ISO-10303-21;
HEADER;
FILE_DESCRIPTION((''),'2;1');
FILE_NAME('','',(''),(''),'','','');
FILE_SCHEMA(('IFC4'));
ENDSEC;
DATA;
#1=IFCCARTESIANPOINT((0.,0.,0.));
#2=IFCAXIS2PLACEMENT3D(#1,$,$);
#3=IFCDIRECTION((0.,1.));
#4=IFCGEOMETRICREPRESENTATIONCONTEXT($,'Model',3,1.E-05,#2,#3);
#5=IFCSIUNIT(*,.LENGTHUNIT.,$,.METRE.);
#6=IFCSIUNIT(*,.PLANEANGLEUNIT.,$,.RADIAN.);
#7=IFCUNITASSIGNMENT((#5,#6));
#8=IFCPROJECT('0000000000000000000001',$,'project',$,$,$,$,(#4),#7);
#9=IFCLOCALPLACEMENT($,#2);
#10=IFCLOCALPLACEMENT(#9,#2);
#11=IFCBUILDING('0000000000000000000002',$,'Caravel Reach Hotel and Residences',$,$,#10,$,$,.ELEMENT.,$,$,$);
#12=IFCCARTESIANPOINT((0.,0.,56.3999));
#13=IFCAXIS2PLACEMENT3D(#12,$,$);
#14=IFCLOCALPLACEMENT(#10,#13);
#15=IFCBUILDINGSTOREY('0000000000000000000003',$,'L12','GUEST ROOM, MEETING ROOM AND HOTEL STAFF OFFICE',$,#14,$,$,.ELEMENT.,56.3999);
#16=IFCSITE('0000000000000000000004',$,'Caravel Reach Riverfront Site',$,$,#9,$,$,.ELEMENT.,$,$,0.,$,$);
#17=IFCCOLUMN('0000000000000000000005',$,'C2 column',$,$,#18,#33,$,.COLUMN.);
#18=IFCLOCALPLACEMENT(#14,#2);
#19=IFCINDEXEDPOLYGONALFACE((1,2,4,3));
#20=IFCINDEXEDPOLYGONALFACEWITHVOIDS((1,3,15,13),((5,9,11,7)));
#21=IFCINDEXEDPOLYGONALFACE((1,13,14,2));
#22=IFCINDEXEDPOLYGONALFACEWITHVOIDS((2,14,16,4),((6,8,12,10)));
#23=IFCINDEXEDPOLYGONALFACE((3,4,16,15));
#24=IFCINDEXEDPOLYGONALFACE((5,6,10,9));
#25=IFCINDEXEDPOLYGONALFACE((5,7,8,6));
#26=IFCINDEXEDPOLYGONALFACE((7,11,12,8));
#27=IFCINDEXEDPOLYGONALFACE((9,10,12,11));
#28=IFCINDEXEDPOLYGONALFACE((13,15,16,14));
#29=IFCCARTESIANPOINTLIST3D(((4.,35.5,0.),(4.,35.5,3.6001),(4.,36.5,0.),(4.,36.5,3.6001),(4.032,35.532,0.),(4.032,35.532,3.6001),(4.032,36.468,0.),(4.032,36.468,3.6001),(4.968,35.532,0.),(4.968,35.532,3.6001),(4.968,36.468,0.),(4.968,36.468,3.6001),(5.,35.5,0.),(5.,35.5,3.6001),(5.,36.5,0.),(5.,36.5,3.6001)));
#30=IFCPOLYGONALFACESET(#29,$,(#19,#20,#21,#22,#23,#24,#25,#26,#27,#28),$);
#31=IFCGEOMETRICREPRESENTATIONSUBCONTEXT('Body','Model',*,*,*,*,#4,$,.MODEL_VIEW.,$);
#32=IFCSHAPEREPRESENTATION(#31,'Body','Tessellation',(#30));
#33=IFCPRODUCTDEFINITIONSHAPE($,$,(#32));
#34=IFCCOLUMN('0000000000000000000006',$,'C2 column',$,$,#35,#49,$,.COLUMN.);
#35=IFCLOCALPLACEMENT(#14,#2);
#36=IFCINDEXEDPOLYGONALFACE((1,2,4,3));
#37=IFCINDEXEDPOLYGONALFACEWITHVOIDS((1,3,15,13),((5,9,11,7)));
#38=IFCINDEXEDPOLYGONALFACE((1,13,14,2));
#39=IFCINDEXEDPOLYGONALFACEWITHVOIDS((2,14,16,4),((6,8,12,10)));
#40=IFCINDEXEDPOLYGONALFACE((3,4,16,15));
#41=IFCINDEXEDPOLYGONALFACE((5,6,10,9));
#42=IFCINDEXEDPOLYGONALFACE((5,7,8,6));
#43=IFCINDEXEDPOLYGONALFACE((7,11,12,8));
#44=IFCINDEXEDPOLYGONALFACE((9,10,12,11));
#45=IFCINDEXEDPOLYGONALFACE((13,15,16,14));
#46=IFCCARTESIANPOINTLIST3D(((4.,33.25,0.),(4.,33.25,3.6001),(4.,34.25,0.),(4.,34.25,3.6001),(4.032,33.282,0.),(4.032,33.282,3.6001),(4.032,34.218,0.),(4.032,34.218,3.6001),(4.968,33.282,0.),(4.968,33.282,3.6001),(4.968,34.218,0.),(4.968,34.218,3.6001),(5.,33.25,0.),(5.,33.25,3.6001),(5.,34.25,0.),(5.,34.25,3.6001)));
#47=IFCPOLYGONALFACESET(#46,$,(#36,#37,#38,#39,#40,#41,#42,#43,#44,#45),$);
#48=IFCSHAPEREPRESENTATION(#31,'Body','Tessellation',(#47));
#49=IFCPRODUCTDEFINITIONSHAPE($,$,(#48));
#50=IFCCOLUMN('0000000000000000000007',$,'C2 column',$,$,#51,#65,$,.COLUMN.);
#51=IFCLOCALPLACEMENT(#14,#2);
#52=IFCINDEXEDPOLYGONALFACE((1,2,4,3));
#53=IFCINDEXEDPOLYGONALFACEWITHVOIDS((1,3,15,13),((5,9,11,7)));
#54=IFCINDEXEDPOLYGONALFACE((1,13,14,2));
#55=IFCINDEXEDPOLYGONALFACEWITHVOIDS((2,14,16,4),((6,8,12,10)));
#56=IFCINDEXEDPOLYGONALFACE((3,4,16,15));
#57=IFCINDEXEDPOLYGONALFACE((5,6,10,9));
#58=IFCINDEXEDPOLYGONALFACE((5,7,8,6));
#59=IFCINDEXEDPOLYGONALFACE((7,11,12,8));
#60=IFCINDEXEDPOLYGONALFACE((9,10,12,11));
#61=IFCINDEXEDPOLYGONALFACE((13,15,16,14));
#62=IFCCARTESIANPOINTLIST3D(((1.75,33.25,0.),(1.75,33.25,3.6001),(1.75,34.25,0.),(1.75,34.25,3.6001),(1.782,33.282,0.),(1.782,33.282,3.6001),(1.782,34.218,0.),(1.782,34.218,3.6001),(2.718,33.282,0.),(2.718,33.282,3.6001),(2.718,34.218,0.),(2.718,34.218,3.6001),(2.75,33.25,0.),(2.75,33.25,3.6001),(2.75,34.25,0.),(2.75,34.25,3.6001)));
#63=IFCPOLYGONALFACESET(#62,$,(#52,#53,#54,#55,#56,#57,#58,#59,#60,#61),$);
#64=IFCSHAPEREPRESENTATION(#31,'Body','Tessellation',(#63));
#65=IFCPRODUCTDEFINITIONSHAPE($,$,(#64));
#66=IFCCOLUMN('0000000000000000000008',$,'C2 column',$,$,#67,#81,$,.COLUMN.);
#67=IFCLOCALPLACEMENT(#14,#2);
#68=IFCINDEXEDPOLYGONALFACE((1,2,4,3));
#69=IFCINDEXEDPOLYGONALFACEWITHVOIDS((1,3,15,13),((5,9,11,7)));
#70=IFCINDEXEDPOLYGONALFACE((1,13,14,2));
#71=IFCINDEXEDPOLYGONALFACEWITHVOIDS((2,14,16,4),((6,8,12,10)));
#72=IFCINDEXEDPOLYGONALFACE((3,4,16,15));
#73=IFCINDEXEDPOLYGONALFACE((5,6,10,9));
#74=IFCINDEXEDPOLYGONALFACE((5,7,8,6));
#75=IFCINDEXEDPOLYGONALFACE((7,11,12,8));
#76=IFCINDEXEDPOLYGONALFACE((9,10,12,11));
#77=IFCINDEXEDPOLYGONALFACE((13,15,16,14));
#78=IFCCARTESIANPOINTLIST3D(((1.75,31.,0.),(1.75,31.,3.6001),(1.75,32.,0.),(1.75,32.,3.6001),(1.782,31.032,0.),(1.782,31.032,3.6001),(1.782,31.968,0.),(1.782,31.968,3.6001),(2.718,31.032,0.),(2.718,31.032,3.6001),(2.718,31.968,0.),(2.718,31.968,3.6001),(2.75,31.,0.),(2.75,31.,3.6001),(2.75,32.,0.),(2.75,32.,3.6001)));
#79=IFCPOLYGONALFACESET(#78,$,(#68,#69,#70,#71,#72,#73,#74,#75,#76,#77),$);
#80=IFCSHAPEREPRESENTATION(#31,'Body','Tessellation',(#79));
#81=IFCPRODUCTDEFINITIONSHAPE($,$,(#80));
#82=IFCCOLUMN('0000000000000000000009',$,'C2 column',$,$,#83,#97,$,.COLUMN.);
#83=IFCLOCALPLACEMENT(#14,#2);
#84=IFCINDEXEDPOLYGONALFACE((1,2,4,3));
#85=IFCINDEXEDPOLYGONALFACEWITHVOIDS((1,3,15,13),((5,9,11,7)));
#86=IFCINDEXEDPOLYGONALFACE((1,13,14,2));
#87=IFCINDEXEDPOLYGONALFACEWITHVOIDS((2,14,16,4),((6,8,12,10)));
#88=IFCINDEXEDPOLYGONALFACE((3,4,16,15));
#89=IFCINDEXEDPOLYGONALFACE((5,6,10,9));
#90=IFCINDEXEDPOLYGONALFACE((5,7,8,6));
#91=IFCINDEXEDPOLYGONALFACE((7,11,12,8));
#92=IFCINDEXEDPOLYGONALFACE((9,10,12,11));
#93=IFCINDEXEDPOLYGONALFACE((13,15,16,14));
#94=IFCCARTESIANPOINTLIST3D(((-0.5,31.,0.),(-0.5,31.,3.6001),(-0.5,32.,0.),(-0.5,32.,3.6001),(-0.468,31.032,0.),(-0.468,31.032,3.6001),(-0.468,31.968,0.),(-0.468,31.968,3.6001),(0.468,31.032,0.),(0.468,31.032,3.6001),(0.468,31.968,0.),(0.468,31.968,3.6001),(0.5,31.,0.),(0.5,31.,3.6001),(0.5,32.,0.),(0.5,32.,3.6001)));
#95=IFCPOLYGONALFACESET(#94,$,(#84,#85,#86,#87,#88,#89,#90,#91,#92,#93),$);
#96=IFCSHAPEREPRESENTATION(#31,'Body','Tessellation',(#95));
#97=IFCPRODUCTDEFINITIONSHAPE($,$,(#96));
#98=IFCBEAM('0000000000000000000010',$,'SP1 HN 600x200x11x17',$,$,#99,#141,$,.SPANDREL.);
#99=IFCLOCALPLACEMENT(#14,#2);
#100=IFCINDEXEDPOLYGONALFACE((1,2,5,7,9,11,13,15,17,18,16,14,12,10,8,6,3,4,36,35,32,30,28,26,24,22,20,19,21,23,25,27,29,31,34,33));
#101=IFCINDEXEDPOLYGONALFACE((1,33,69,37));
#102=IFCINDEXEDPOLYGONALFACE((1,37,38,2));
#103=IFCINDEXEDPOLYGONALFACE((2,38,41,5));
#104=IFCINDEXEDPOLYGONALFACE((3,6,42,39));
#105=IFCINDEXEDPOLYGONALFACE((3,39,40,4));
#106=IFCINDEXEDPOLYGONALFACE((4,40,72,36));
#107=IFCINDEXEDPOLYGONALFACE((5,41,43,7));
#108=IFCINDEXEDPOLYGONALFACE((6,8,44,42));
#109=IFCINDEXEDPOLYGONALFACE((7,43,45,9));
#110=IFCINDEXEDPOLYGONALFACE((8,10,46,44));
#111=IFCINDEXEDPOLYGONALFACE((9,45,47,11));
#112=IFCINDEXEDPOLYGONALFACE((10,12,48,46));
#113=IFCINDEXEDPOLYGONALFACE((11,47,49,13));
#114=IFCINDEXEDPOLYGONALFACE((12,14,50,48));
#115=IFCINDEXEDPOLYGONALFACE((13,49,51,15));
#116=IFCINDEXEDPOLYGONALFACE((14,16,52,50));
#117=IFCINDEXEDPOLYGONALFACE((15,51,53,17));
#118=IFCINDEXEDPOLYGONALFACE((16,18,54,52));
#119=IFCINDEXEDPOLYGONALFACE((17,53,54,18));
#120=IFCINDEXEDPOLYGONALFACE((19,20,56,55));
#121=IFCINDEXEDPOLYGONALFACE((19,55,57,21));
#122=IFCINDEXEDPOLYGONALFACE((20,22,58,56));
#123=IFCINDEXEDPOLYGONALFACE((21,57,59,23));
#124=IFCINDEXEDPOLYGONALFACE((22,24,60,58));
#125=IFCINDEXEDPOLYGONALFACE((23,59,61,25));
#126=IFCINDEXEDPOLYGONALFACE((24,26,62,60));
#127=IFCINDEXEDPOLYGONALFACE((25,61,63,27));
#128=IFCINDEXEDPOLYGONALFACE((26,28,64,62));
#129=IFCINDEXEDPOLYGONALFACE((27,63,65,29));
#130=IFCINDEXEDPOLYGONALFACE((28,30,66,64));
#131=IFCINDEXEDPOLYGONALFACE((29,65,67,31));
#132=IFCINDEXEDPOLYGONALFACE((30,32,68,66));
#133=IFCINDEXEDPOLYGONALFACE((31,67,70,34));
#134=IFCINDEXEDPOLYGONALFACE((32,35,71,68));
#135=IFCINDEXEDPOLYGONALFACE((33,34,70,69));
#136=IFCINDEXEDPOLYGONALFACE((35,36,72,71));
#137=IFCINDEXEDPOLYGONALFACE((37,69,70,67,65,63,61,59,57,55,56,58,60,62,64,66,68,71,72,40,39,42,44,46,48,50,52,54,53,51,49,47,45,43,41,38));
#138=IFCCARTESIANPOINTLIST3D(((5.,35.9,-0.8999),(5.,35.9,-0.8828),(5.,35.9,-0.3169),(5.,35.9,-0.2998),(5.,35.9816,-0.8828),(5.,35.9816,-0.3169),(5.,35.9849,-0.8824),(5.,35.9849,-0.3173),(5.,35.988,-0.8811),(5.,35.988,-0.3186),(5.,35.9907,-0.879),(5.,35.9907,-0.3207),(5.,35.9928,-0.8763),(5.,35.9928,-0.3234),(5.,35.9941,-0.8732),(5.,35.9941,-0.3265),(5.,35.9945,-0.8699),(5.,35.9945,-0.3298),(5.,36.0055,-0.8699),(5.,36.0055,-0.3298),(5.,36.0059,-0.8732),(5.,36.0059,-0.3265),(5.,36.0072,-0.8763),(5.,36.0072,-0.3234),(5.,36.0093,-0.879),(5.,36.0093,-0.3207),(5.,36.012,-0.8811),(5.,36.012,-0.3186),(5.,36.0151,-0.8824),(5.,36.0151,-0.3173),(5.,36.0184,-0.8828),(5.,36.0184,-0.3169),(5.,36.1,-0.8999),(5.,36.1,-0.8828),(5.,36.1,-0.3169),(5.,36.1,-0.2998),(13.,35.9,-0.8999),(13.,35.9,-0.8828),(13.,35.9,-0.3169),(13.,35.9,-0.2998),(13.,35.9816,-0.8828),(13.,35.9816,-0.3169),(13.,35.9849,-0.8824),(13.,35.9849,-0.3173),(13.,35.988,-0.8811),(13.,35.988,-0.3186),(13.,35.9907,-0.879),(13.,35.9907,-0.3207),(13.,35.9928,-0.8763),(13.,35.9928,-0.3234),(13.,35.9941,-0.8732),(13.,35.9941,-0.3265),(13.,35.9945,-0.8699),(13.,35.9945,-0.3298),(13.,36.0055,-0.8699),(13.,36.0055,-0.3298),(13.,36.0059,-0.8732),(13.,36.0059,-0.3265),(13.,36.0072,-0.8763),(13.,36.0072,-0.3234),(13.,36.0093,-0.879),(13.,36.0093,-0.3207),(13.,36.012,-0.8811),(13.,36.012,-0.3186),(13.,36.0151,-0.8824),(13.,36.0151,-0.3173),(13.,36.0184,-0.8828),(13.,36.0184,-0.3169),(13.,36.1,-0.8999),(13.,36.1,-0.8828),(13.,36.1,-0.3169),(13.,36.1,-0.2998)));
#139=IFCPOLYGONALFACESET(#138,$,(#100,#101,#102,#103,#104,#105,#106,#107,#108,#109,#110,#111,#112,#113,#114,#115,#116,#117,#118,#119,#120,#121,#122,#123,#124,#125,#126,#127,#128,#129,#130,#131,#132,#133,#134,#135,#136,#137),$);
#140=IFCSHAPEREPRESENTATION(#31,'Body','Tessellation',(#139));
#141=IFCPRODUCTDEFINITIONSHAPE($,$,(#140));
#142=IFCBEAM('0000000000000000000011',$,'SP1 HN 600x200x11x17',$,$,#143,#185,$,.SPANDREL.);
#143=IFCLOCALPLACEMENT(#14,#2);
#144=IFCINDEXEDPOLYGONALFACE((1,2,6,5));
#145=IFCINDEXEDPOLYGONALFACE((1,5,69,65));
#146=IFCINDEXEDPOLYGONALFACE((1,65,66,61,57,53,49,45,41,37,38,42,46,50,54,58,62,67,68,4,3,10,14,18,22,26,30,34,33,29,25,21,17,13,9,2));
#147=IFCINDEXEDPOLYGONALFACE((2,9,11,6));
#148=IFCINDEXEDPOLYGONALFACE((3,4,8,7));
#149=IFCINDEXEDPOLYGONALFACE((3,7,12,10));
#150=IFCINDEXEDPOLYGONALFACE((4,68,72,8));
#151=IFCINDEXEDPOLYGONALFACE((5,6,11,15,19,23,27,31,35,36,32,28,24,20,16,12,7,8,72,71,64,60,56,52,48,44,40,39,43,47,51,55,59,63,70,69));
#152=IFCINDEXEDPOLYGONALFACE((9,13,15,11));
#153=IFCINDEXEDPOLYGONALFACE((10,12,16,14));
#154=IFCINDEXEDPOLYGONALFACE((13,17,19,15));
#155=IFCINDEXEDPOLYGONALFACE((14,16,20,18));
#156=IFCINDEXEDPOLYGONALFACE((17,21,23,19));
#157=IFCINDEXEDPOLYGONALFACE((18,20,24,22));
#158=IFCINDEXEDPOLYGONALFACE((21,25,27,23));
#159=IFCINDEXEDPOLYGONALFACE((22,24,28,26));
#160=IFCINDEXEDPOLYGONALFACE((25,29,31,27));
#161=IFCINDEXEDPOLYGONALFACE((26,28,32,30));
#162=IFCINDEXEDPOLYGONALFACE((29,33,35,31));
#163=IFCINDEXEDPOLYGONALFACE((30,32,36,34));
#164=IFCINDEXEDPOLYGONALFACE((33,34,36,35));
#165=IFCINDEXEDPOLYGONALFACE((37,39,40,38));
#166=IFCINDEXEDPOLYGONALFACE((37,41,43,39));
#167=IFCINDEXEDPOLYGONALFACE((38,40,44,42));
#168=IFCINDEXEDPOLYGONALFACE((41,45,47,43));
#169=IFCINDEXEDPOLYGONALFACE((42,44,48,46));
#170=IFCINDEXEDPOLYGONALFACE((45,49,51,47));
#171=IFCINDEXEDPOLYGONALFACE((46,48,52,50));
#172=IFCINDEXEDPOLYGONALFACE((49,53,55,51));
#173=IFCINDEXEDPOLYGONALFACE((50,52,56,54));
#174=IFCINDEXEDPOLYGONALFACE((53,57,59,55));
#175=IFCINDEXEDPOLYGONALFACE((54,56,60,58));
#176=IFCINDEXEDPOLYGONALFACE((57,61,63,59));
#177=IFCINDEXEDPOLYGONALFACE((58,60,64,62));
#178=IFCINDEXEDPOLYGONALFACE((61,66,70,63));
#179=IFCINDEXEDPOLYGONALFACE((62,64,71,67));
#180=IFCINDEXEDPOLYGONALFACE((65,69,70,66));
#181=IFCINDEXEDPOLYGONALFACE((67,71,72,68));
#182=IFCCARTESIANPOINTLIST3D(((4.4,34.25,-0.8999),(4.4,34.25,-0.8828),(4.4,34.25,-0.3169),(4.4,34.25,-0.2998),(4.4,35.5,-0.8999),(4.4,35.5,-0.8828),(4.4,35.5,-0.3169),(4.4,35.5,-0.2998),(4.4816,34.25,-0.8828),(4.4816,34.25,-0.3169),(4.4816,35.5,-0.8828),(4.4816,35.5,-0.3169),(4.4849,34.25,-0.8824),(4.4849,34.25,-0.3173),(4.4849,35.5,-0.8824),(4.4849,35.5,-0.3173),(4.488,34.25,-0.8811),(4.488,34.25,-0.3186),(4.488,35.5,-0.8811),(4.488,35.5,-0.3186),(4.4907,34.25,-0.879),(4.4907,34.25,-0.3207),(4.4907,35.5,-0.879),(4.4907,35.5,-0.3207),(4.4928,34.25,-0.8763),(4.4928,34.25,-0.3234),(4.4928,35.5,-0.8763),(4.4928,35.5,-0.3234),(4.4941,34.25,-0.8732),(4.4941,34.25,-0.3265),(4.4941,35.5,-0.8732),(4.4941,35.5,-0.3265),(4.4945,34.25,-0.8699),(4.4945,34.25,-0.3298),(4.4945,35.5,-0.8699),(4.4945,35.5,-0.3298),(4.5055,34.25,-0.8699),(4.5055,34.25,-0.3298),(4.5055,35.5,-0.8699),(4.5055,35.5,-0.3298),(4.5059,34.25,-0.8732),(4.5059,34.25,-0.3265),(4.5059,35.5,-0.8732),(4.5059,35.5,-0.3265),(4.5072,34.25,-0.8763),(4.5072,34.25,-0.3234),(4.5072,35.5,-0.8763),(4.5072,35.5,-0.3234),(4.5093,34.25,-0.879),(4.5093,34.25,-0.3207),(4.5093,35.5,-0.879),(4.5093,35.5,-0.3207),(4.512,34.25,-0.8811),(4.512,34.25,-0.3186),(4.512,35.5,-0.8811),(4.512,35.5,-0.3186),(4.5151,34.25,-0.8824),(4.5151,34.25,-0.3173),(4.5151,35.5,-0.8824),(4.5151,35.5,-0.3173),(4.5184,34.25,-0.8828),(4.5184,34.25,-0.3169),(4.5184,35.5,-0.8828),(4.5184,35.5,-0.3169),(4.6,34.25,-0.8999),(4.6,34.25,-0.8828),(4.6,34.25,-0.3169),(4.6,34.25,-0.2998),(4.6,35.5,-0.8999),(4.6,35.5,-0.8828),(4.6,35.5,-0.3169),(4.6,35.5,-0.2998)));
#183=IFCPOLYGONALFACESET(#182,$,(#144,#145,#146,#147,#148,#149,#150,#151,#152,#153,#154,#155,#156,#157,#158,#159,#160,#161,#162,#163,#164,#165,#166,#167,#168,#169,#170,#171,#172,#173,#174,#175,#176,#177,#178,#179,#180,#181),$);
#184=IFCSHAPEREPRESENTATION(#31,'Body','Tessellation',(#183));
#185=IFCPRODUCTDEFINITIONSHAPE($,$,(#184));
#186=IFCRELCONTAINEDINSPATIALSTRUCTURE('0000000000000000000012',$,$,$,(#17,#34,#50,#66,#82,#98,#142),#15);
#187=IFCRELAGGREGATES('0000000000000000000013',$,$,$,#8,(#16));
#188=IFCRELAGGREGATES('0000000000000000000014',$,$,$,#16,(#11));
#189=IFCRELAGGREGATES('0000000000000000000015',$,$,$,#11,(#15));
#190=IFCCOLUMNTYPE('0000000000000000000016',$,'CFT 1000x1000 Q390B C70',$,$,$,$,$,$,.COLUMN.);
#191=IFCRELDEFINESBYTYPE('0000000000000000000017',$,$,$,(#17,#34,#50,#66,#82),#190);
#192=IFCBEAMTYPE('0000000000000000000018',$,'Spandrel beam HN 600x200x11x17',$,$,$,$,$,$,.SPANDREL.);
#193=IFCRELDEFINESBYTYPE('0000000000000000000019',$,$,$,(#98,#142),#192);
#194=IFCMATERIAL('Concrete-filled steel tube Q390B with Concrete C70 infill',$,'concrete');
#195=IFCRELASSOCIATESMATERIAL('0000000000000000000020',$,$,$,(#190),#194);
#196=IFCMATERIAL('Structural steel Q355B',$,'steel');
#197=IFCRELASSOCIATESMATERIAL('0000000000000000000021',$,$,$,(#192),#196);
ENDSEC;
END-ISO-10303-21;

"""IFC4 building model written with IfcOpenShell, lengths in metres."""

from ifc_helpers import new_model, si_unit, direction, frame, origin, origin_2d, place, context, subcontext, project, spatial, hollow_rectangle, i_section, extrude, material, material_profile, profile_set, type_object, element, save


model = new_model("IFC4")

# Units and contexts
model_context = context("Model", 3, precision=1e-05, world=origin(), true_north=direction((0.0, 1.0)))
body_context = subcontext(model_context, "Body", "Model", "MODEL_VIEW")
ifc_project = project(units=[si_unit("LENGTHUNIT", "METRE"), si_unit("PLANEANGLEUNIT", "RADIAN")], contexts=[model_context])

# Site, building, storey
site_placement = place(None, origin())
site = spatial("IfcSite", under=ifc_project, at=site_placement, Name="Caravel Reach Riverfront Site", CompositionType="ELEMENT", RefElevation=0.0)
building_placement = place(site_placement, origin())
building = spatial("IfcBuilding", under=site, at=building_placement, Name="Caravel Reach Hotel and Residences", CompositionType="ELEMENT")
storey_placement = place(building_placement, frame((0.0, 0.0, 56.3999)))
storey = spatial("IfcBuildingStorey", under=building, at=storey_placement, Name="L12", Description="GUEST ROOM, MEETING ROOM AND HOTEL STAFF OFFICE", CompositionType="ELEMENT", Elevation=56.3999)

# Columns
ifc_material_1 = material(Name="Concrete-filled steel tube Q390B with Concrete C70 infill", Category="concrete")
ifc_material_profile_1 = material_profile(ifc_material_1, hollow_rectangle(XDim=1.0, YDim=1.0, WallThickness=0.032, at=origin_2d()), Name="RHS 1000x1000x32")
ifc_profile_set_1 = profile_set([ifc_material_profile_1], Name="Concrete-filled steel tube Q390B with Concrete C70 infill")
column_type = type_object("IfcColumnType", Name="CFT 1000x1000 Q390B C70", PredefinedType="COLUMN", material=ifc_profile_set_1)
for number, where, z_axis, x_axis, name in (
    (1, (4.5, 36.0, 0.0), (0.0, 0.0, 1.0), (1.0, 0.0, 0.0), "C2 column"),
    (2, (4.5, 33.75, 0.0), (0.0, 0.0, 1.0), (1.0, 0.0, 0.0), "C2 column"),
    (3, (2.25, 33.75, 0.0), (0.0, 0.0, 1.0), (1.0, 0.0, 0.0), "C2 column"),
    (4, (2.25, 31.5, 0.0), (0.0, 0.0, 1.0), (1.0, 0.0, 0.0), "C2 column"),
    (5, (0.0, 31.5, 0.0), (0.0, 0.0, 1.0), (1.0, 0.0, 0.0), "C2 column"),
):
    element("IfcColumn", number, at=place(storey_placement, frame(where, z_axis=z_axis, x_axis=x_axis)), inside=storey, type_object=column_type, Name=name, PredefinedType="COLUMN", context=body_context, shape_type="SweptSolid", body=[
        extrude(hollow_rectangle(XDim=1.0, YDim=1.0, WallThickness=0.032, at=origin_2d()), origin(), (0.0, 0.0, 1.0), 3.6001),
    ])

# Beams
ifc_material_2 = material(Name="Structural steel Q355B", Category="steel")
ifc_material_profile_2 = material_profile(ifc_material_2, i_section(OverallWidth=0.2, OverallDepth=0.6001, WebThickness=0.011, FlangeThickness=0.0171, FilletRadius=0.0129, at=origin_2d()), Name="HN 600x200x11x17")
ifc_profile_set_2 = profile_set([ifc_material_profile_2], Name="Structural steel Q355B")
beam_type = type_object("IfcBeamType", Name="Spandrel beam HN 600x200x11x17", PredefinedType="SPANDREL", material=ifc_profile_set_2)
beam_1_placement = place(storey_placement, frame((13.0, 36.0, -0.5999), z_axis=(-1.0, 0.0, 0.0), x_axis=(0.0, -1.0, 0.0)))
element("IfcBeam", 6, at=beam_1_placement, inside=storey, type_object=beam_type, Name="SP1 HN 600x200x11x17", PredefinedType="SPANDREL", context=body_context, shape_type="SweptSolid", body=[
    extrude(i_section(OverallWidth=0.2, OverallDepth=0.6001, WebThickness=0.011, FlangeThickness=0.0171, FilletRadius=0.0129, at=origin_2d()), origin(), (0.0, 0.0, 1.0), 8.0),
])
for number, where, z_axis, x_axis, name in (
    (7, (4.5, 35.5, -0.5999), (0.0, -1.0, 0.0), (1.0, 0.0, 0.0), "SP1 HN 600x200x11x17"),
):
    element("IfcBeam", number, at=place(storey_placement, frame(where, z_axis=z_axis, x_axis=x_axis)), inside=storey, type_object=beam_type, Name=name, PredefinedType="SPANDREL", context=body_context, shape_type="SweptSolid", body=[
        extrude(i_section(OverallWidth=0.2, OverallDepth=0.6001, WebThickness=0.011, FlangeThickness=0.0171, FilletRadius=0.0129, at=origin_2d()), origin(), (0.0, 0.0, 1.0), 1.25),
    ])

save(model, "model.ifc")
